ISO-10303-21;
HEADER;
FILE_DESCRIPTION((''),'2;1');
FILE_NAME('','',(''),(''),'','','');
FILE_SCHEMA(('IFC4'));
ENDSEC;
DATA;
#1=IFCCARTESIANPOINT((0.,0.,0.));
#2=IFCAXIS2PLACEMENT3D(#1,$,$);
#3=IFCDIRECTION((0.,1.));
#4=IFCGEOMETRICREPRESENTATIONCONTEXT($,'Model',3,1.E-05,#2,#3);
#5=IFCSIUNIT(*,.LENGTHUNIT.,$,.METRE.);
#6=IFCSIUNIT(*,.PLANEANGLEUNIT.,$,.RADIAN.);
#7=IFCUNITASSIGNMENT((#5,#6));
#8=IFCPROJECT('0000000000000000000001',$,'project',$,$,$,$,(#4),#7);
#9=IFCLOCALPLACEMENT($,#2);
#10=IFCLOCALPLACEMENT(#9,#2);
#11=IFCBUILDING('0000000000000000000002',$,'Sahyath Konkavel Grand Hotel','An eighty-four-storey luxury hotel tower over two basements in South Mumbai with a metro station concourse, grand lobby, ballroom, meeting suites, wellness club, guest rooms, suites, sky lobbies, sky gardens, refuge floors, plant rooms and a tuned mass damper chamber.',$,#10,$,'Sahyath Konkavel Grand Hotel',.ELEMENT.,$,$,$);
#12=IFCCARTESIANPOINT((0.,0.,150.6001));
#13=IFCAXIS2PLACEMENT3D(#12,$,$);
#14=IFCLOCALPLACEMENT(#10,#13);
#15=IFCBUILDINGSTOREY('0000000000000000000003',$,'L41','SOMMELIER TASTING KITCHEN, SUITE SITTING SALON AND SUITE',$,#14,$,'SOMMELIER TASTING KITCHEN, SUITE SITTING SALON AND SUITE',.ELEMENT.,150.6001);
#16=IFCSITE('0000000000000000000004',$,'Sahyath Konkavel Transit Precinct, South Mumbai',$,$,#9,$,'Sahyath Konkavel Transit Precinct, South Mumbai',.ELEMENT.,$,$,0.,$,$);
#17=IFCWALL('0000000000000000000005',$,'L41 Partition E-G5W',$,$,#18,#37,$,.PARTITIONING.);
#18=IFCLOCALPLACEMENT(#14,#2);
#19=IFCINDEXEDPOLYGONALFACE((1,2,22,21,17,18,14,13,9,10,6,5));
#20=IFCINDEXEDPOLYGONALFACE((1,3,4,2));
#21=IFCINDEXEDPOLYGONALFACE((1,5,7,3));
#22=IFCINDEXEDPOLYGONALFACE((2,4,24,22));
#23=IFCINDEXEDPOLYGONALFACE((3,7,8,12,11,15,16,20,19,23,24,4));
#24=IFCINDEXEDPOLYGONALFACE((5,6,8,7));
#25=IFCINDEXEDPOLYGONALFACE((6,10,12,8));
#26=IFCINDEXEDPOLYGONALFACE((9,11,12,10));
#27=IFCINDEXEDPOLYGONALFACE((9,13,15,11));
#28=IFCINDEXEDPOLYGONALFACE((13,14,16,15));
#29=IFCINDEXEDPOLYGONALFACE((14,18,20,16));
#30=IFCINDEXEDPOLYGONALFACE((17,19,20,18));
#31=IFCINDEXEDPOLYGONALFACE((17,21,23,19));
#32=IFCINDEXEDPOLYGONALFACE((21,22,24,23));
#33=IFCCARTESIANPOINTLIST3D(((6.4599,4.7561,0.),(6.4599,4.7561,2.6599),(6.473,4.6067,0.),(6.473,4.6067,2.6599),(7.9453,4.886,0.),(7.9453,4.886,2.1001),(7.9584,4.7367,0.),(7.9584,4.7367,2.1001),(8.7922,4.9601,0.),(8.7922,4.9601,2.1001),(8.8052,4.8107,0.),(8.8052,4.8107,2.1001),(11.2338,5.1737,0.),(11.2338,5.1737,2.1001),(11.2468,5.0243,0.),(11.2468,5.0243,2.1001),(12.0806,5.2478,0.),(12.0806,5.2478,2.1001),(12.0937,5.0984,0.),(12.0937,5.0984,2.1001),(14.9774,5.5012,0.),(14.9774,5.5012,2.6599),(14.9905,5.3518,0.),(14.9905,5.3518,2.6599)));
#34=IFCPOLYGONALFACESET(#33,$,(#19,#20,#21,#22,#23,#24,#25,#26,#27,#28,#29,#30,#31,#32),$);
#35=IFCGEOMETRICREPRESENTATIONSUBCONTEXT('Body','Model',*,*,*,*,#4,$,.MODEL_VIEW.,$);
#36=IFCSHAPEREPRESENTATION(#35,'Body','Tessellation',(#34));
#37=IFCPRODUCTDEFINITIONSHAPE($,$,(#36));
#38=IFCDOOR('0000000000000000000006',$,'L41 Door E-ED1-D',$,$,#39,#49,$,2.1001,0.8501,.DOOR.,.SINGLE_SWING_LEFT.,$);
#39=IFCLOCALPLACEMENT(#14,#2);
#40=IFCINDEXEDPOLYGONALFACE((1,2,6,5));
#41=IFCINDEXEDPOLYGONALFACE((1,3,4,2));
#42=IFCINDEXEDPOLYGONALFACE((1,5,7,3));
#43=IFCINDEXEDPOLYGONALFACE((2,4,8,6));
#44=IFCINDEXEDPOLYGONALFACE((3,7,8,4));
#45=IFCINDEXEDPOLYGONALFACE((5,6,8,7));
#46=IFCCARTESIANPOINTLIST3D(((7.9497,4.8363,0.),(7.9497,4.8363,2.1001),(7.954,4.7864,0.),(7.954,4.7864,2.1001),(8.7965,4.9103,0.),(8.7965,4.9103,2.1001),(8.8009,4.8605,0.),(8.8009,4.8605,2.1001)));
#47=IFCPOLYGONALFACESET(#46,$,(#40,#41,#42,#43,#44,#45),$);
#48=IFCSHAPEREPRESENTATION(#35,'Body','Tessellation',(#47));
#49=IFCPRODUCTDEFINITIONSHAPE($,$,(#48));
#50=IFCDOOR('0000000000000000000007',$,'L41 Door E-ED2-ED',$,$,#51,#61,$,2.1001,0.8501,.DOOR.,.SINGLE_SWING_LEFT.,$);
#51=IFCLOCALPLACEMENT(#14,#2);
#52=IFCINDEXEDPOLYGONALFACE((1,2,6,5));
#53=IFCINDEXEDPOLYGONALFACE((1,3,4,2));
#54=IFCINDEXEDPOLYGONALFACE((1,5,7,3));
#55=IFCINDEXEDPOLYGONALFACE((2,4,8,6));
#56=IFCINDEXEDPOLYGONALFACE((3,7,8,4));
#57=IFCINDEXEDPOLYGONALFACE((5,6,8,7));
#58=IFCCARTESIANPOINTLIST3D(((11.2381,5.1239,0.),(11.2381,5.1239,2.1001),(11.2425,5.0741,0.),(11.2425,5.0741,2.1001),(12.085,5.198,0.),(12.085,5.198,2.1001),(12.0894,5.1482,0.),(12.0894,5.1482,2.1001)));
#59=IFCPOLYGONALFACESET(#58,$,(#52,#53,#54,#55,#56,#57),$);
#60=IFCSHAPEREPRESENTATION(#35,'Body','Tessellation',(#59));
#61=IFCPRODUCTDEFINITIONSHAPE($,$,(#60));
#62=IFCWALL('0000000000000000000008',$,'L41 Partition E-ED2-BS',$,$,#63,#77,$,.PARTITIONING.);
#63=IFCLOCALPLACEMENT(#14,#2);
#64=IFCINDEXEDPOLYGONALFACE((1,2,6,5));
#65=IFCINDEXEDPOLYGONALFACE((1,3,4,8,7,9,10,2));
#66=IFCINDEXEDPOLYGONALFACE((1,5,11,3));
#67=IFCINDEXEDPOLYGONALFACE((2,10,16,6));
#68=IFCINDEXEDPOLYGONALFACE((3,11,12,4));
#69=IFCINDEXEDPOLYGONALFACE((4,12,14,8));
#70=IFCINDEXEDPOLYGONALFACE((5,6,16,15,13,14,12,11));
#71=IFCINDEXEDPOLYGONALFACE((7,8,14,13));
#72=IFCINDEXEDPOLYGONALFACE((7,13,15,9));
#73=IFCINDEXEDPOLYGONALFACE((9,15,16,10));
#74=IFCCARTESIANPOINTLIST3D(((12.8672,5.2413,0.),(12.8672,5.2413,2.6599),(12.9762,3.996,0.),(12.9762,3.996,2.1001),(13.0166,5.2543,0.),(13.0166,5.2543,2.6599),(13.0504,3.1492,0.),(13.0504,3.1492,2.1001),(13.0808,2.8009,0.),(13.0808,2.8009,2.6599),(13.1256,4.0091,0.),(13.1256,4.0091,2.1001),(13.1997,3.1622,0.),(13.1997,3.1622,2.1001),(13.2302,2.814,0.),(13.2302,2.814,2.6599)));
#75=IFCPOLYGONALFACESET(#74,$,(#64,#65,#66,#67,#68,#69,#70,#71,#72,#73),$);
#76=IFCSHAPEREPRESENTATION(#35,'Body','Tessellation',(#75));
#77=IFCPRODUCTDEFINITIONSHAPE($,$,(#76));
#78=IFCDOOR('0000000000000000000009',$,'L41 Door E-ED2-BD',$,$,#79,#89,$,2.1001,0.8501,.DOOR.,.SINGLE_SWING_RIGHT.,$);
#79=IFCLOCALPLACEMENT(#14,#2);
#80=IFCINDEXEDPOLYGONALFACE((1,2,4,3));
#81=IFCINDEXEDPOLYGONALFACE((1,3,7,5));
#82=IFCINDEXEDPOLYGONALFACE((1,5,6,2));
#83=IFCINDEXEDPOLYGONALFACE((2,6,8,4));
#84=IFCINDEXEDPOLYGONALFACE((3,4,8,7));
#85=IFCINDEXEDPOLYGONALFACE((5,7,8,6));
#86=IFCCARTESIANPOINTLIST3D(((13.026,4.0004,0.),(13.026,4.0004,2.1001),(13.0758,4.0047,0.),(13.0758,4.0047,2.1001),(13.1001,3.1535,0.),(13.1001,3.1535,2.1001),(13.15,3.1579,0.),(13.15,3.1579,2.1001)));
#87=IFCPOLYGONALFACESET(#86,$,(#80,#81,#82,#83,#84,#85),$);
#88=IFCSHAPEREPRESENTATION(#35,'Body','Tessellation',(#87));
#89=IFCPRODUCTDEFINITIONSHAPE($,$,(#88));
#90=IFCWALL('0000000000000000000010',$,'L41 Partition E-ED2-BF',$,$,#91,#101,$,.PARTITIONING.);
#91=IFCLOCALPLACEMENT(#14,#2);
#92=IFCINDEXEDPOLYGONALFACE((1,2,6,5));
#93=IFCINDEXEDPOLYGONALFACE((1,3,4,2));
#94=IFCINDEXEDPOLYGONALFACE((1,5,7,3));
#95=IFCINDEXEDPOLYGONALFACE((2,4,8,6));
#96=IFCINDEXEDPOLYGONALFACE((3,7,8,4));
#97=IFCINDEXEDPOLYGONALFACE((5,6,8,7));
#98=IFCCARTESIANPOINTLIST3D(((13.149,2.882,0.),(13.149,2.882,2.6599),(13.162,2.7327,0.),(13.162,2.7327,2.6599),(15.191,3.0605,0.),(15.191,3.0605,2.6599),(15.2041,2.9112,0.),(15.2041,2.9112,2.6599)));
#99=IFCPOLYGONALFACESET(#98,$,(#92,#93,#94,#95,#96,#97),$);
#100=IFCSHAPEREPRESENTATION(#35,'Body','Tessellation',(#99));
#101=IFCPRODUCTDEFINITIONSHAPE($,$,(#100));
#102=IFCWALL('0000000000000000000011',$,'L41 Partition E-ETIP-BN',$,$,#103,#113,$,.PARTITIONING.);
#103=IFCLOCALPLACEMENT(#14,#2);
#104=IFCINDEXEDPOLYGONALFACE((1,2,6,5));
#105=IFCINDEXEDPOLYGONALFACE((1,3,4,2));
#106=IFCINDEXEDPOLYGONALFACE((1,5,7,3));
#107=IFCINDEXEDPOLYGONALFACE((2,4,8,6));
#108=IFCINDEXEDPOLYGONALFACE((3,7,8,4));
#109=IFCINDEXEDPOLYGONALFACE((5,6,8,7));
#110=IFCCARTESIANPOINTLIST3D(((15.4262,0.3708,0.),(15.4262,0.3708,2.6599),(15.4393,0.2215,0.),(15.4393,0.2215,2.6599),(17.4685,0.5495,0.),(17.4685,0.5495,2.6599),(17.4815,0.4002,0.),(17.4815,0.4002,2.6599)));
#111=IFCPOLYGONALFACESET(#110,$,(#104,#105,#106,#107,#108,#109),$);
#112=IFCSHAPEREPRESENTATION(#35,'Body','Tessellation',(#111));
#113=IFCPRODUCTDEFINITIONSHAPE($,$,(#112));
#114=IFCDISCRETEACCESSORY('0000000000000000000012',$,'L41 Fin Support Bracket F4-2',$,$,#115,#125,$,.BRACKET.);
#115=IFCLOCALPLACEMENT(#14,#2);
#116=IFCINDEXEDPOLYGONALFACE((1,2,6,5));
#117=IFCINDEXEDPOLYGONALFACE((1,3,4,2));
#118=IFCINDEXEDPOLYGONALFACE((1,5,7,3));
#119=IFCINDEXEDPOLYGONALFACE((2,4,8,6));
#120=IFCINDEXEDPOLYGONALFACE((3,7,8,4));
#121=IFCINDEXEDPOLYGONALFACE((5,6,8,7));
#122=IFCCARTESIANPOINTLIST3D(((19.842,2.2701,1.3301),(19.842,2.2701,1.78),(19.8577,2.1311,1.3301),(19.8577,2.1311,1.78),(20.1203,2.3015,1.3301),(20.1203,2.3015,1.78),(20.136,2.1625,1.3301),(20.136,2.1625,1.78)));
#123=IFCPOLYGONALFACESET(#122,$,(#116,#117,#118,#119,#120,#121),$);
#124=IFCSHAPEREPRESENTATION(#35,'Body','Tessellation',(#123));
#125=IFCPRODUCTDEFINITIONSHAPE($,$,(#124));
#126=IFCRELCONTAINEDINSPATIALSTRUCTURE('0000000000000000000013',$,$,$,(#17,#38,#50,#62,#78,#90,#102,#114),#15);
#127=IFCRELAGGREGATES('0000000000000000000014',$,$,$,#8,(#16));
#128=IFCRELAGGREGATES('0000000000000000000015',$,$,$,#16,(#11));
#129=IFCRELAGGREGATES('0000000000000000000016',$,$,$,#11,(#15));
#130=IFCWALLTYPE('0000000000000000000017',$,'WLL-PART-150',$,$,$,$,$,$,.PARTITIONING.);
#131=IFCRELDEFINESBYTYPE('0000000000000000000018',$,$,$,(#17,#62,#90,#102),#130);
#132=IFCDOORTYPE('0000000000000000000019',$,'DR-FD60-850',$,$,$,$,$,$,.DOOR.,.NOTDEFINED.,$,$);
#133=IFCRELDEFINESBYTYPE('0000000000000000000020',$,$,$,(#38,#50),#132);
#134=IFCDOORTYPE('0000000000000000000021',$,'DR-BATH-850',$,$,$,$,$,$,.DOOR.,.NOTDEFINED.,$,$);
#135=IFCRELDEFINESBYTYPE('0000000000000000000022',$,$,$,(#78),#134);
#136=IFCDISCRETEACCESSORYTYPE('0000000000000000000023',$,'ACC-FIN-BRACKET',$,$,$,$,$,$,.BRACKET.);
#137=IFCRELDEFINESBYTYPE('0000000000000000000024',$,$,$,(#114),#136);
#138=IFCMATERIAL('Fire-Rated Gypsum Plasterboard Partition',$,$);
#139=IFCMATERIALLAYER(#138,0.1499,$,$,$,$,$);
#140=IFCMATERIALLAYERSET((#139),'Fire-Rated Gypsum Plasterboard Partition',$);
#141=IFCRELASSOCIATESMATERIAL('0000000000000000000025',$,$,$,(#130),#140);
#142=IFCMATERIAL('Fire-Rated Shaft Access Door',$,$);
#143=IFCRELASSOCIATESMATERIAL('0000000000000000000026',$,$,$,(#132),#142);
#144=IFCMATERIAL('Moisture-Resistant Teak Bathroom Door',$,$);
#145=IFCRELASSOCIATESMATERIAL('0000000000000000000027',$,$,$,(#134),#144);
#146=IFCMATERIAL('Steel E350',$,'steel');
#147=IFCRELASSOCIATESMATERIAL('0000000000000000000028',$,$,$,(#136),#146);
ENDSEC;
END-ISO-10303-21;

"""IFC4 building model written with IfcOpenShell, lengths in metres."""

from ifc_helpers import new_model, si_unit, direction, frame, frame_2d, origin, origin_2d, place, context, subcontext, project, spatial, rectangle, extrude, source, transform, mapped, material, layer, layer_set, type_object, element, fill, save


model = new_model("IFC4")

# Units and contexts
model_context = context("Model", 3, precision=1e-05, world=origin(), true_north=direction((0.0, 1.0)))
body_context = subcontext(model_context, "Body", "Model", "MODEL_VIEW")
ifc_project = project(units=[si_unit("LENGTHUNIT", "METRE"), si_unit("PLANEANGLEUNIT", "RADIAN")], contexts=[model_context])

# Site, building, storey
site_placement = place(None, origin())
site = spatial("IfcSite", under=ifc_project, at=site_placement, Name="Sahyath Konkavel Transit Precinct, South Mumbai", LongName="Sahyath Konkavel Transit Precinct, South Mumbai", CompositionType="ELEMENT", RefElevation=0.0)
building_placement = place(site_placement, origin())
building = spatial("IfcBuilding", under=site, at=building_placement, Name="Sahyath Konkavel Grand Hotel", Description="An eighty-four-storey luxury hotel tower over two basements in South Mumbai with a metro station concourse, grand lobby, ballroom, meeting suites, wellness club, guest rooms, suites, sky lobbies, sky gardens, refuge floors, plant rooms and a tuned mass damper chamber.", LongName="Sahyath Konkavel Grand Hotel", CompositionType="ELEMENT")
storey_placement = place(building_placement, frame((0.0, 0.0, 150.6001)))
storey = spatial("IfcBuildingStorey", under=building, at=storey_placement, Name="L41", Description="SOMMELIER TASTING KITCHEN, SUITE SITTING SALON AND SUITE", LongName="SOMMELIER TASTING KITCHEN, SUITE SITTING SALON AND SUITE", CompositionType="ELEMENT", Elevation=150.6001)

# Shared definitions
ifc_material_1 = material(Name="Steel E350", Category="steel")

# Wall, openings, doors
ifc_material_2 = material(Name="Fire-Rated Gypsum Plasterboard Partition")
ifc_layer_1 = layer(ifc_material_2, 0.1499)
ifc_layer_set_1 = layer_set([ifc_layer_1], Name="Fire-Rated Gypsum Plasterboard Partition")
wall_type_1 = type_object("IfcWallType", Name="WLL-PART-150", PredefinedType="PARTITIONING", material=ifc_layer_set_1)
wall_1_placement = place(storey_placement, frame((6.4666, 4.6814, 0.0), z_axis=(0.0, 0.0, 1.0), x_axis=(0.996195, 0.087147, 0.0)))
wall_1 = element("IfcWall", 1, at=wall_1_placement, inside=storey, type_object=wall_type_1, Name="L41 Partition E-G5W", PredefinedType="PARTITIONING", context=body_context, shape_type="SweptSolid", body=[
    extrude(rectangle(XDim=8.55, YDim=0.1499, at=frame_2d((4.2749, 0.0))), origin(), (0.0, 0.0, 1.0), 2.6599),
])
opening_1_placement = place(wall_1_placement, frame((1.491, 0.0, 0.0)))
opening_1 = element("IfcOpeningElement", 2, at=opening_1_placement, cuts=wall_1, PredefinedType="OPENING", context=body_context, shape_type="SweptSolid", body=[
    extrude(rectangle(XDim=0.8501, YDim=2.1001, at=frame_2d((0.425, 1.05))), frame((0.0, 0.085, 0.0), z_axis=(0.0, -1.0, 0.0), x_axis=(1.0, 0.0, 0.0)), (0.0, 0.0, 1.0), 0.1699),
])
opening_2_placement = place(wall_1_placement, frame((4.792, 0.0, 0.0)))
opening_2 = element("IfcOpeningElement", 3, at=opening_2_placement, cuts=wall_1, PredefinedType="OPENING", context=body_context, shape_type="SweptSolid", body=[
    extrude(rectangle(XDim=0.8501, YDim=2.1001, at=frame_2d((0.425, 1.05))), frame((0.0, 0.085, 0.0), z_axis=(0.0, -1.0, 0.0), x_axis=(1.0, 0.0, 0.0)), (0.0, 0.0, 1.0), 0.1699),
])
ifc_material_3 = material(Name="Fire-Rated Shaft Access Door")
door_type_1 = type_object("IfcDoorType", Name="DR-FD60-850", OperationType="NOTDEFINED", PredefinedType="DOOR", material=ifc_material_3)
shared_shape_1 = source(origin(), body_context, "Body", "SweptSolid", [
    extrude(rectangle(XDim=0.8501, YDim=0.05, at=origin_2d()), origin(), (0.0, 0.0, 1.0), 2.1001),
])
door_1_placement = place(opening_1_placement, frame((0.425, 0.0, 0.0)))
door_1 = element("IfcDoor", 4, at=door_1_placement, inside=storey, type_object=door_type_1, Name="L41 Door E-ED1-D", OperationType="SINGLE_SWING_LEFT", OverallHeight=2.1001, OverallWidth=0.8501, PredefinedType="DOOR", context=body_context, shape_type="MappedRepresentation", body=[
    mapped(shared_shape_1, transform((0.0, 0.0, 0.0), scale=1.0)),
])
fill(opening_1, door_1)
door_2_placement = place(opening_2_placement, frame((0.425, 0.0, 0.0)))
door_2 = element("IfcDoor", 5, at=door_2_placement, inside=storey, type_object=door_type_1, Name="L41 Door E-ED2-ED", OperationType="SINGLE_SWING_LEFT", OverallHeight=2.1001, OverallWidth=0.8501, PredefinedType="DOOR", context=body_context, shape_type="MappedRepresentation", body=[
    mapped(shared_shape_1, transform((0.0, 0.0, 0.0), scale=1.0)),
])
fill(opening_2, door_2)

# Wall, opening, door
wall_2_placement = place(storey_placement, frame((12.9419, 5.2478, 0.0), z_axis=(0.0, 0.0, 1.0), x_axis=(0.087202, -0.996191, 0.0)))
wall_2 = element("IfcWall", 6, at=wall_2_placement, inside=storey, type_object=wall_type_1, Name="L41 Partition E-ED2-BS", PredefinedType="PARTITIONING", context=body_context, shape_type="SweptSolid", body=[
    extrude(rectangle(XDim=2.4497, YDim=0.1499, at=frame_2d((1.2249, 0.0))), origin(), (0.0, 0.0, 1.0), 2.6599),
])
opening_3_placement = place(wall_2_placement, frame((1.25, 0.0, 0.0)))
opening_3 = element("IfcOpeningElement", 7, at=opening_3_placement, cuts=wall_2, PredefinedType="OPENING", context=body_context, shape_type="SweptSolid", body=[
    extrude(rectangle(XDim=0.8501, YDim=2.1001, at=frame_2d((0.425, 1.05))), frame((0.0, 0.085, 0.0), z_axis=(0.0, -1.0, 0.0), x_axis=(1.0, 0.0, 0.0)), (0.0, 0.0, 1.0), 0.1699),
])
ifc_material_4 = material(Name="Moisture-Resistant Teak Bathroom Door")
door_type_2 = type_object("IfcDoorType", Name="DR-BATH-850", OperationType="NOTDEFINED", PredefinedType="DOOR", material=ifc_material_4)
door_3_placement = place(opening_3_placement, frame((0.425, 0.0, 0.0)))
door_3 = element("IfcDoor", 8, at=door_3_placement, inside=storey, type_object=door_type_2, Name="L41 Door E-ED2-BD", OperationType="SINGLE_SWING_RIGHT", OverallHeight=2.1001, OverallWidth=0.8501, PredefinedType="DOOR", context=body_context, shape_type="MappedRepresentation", body=[
    mapped(shared_shape_1, transform((0.0, 0.0, 0.0), scale=1.0)),
])
fill(opening_3, door_3)

# Walls
wall_3_placement = place(storey_placement, frame((13.1555, 2.8074, 0.0), z_axis=(0.0, 0.0, 1.0), x_axis=(0.996203, 0.087066, 0.0)))
element("IfcWall", 9, at=wall_3_placement, inside=storey, type_object=wall_type_1, Name="L41 Partition E-ED2-BF", PredefinedType="PARTITIONING", context=body_context, shape_type="SweptSolid", body=[
    extrude(rectangle(XDim=2.0498, YDim=0.1499, at=frame_2d((1.0249, 0.0))), origin(), (0.0, 0.0, 1.0), 2.6599),
])
wall_4_placement = place(storey_placement, frame((15.4329, 0.2961, 0.0), z_axis=(0.0, 0.0, 1.0), x_axis=(0.996193, 0.087174, 0.0)))
element("IfcWall", 10, at=wall_4_placement, inside=storey, type_object=wall_type_1, Name="L41 Partition E-ETIP-BN", PredefinedType="PARTITIONING", context=body_context, shape_type="SweptSolid", body=[
    extrude(rectangle(XDim=2.05, YDim=0.1499, at=frame_2d((1.0249, 0.0))), origin(), (0.0, 0.0, 1.0), 2.6599),
])

# Discrete accessory
discrete_accessory_type = type_object("IfcDiscreteAccessoryType", Name="ACC-FIN-BRACKET", PredefinedType="BRACKET", material=ifc_material_1)
shared_shape_2 = source(origin(), body_context, "Body", "SweptSolid", [
    extrude(rectangle(XDim=0.28, YDim=0.1399, at=origin_2d()), origin(), (0.0, 0.0, 1.0), 0.45),
])
discrete_accessory_placement = place(storey_placement, frame((19.989, 2.2163, 1.3301), z_axis=(0.0, 0.0, 1.0), x_axis=(0.993709, 0.111989, 0.0)))
element("IfcDiscreteAccessory", 11, at=discrete_accessory_placement, inside=storey, type_object=discrete_accessory_type, Name="L41 Fin Support Bracket F4-2", PredefinedType="BRACKET", context=body_context, shape_type="MappedRepresentation", body=[
    mapped(shared_shape_2, transform((0.0, 0.0, 0.0), scale=1.0)),
])

save(model, "model.ifc")
